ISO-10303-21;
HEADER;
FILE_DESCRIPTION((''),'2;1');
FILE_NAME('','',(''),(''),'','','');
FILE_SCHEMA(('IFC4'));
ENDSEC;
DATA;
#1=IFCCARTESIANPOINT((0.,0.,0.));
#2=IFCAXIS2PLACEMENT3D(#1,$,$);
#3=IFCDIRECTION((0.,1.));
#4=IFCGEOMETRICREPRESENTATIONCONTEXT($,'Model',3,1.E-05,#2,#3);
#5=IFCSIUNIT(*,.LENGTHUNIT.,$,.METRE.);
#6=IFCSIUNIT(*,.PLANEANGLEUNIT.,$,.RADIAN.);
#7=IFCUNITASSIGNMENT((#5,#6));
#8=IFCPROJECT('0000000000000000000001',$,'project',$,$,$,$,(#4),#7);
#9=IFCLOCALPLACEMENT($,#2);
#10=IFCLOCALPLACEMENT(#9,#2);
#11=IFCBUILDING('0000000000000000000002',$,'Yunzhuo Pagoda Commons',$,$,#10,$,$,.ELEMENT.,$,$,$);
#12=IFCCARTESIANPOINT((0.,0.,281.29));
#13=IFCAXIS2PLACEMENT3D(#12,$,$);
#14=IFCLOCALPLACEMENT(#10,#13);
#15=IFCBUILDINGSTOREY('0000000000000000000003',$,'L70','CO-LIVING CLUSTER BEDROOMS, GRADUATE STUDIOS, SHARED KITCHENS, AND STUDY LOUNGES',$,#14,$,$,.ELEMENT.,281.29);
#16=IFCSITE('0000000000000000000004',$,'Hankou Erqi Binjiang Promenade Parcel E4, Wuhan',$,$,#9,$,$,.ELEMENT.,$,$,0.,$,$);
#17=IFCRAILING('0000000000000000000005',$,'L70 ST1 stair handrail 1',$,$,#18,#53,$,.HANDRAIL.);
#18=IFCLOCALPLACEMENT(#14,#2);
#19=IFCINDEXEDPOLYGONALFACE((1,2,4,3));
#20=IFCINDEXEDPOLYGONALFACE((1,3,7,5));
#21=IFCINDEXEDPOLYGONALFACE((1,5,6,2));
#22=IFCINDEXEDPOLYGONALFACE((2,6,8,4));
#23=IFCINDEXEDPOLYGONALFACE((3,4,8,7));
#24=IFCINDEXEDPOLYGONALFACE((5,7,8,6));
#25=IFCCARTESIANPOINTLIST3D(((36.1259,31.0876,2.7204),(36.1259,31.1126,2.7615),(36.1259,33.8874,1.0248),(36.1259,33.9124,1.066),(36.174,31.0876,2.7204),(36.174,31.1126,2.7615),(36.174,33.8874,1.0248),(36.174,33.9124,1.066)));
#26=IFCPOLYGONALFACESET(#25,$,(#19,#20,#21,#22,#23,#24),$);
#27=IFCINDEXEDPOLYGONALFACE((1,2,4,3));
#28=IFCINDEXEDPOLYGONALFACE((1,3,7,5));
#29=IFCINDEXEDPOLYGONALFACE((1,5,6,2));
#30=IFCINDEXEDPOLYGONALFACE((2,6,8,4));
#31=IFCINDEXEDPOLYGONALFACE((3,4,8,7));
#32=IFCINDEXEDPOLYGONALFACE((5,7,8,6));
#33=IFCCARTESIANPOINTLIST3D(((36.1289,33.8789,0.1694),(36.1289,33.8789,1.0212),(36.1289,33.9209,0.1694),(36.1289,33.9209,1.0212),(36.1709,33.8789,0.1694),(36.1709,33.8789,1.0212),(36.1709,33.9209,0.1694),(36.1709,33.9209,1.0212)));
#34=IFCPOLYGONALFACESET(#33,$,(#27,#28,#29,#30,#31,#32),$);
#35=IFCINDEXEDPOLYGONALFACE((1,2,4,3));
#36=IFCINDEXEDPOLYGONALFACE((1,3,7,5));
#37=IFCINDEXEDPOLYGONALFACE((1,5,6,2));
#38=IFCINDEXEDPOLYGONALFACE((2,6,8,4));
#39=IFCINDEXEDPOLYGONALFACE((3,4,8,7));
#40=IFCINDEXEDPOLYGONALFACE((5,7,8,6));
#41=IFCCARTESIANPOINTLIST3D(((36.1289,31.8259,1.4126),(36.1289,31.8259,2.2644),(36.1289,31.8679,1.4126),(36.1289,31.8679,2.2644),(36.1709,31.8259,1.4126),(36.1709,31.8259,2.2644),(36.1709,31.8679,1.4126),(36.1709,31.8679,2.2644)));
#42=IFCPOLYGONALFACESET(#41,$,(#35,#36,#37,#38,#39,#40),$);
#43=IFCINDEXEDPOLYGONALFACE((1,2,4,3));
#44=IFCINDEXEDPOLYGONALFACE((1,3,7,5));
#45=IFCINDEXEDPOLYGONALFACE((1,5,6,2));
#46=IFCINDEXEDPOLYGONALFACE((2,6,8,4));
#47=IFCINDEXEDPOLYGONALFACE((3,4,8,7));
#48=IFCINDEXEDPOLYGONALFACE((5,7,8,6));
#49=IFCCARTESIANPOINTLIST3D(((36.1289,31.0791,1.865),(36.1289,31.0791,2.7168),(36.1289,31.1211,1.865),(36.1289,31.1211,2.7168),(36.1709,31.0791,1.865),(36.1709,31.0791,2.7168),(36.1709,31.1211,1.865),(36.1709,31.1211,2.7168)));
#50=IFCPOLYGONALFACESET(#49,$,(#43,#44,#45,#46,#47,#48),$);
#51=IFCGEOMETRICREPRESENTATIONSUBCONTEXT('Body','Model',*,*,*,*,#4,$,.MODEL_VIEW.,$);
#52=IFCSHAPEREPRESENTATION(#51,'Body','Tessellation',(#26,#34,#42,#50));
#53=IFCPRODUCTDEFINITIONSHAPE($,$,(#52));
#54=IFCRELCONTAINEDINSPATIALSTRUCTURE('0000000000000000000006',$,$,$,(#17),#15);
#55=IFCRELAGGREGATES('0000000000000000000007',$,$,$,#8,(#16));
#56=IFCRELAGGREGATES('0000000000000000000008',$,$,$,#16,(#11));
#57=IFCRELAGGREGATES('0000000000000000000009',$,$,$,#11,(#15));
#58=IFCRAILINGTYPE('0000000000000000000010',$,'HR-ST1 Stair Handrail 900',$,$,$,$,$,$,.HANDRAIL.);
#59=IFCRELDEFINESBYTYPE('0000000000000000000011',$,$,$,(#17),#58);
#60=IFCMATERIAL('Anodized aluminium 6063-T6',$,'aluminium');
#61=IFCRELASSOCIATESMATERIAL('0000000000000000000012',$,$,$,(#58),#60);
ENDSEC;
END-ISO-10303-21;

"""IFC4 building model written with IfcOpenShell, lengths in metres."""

from ifc_helpers import new_model, si_unit, direction, frame, origin, origin_2d, place, context, subcontext, project, spatial, rectangle, extrude, material, type_object, element, save


model = new_model("IFC4")

# Units and contexts
model_context = context("Model", 3, precision=1e-05, world=origin(), true_north=direction((0.0, 1.0)))
body_context = subcontext(model_context, "Body", "Model", "MODEL_VIEW")
ifc_project = project(units=[si_unit("LENGTHUNIT", "METRE"), si_unit("PLANEANGLEUNIT", "RADIAN")], contexts=[model_context])

# Site, building, storey
site_placement = place(None, origin())
site = spatial("IfcSite", under=ifc_project, at=site_placement, Name="Hankou Erqi Binjiang Promenade Parcel E4, Wuhan", CompositionType="ELEMENT", RefElevation=0.0)
building_placement = place(site_placement, origin())
building = spatial("IfcBuilding", under=site, at=building_placement, Name="Yunzhuo Pagoda Commons", CompositionType="ELEMENT")
storey_placement = place(building_placement, frame((0.0, 0.0, 281.29)))
storey = spatial("IfcBuildingStorey", under=building, at=storey_placement, Name="L70", Description="CO-LIVING CLUSTER BEDROOMS, GRADUATE STUDIOS, SHARED KITCHENS, AND STUDY LOUNGES", CompositionType="ELEMENT", Elevation=281.29)

# Railing
ifc_material_1 = material(Name="Anodized aluminium 6063-T6", Category="aluminium")
railing_type_1 = type_object("IfcRailingType", Name="HR-ST1 Stair Handrail 900", PredefinedType="HANDRAIL", material=ifc_material_1)
railing_1_placement = place(storey_placement, frame((36.1499, 33.8999, 0.1694)))
element("IfcRailing", 1, at=railing_1_placement, inside=storey, type_object=railing_type_1, Name="L70 ST1 stair handrail 1", PredefinedType="HANDRAIL", context=body_context, shape_type="SweptSolid", body=[
    extrude(rectangle(XDim=0.0481, YDim=0.0481, at=origin_2d()), frame((0.0, 0.0, 0.876), z_axis=(0.0, -0.855373, 0.518012), x_axis=(1.0, 0.0, 0.0)), (0.0, 0.0, 1.0), 3.2732),
    extrude(rectangle(XDim=0.042, YDim=0.042, at=origin_2d()), origin(), (0.0, 0.0, 1.0), 0.8518),
    extrude(rectangle(XDim=0.042, YDim=0.042, at=origin_2d()), frame((0.0, -2.053, 1.2432)), (0.0, 0.0, 1.0), 0.8518),
    extrude(rectangle(XDim=0.042, YDim=0.042, at=origin_2d()), frame((0.0, -2.7998, 1.6956)), (0.0, 0.0, 1.0), 0.8518),
])

save(model, "model.ifc")
